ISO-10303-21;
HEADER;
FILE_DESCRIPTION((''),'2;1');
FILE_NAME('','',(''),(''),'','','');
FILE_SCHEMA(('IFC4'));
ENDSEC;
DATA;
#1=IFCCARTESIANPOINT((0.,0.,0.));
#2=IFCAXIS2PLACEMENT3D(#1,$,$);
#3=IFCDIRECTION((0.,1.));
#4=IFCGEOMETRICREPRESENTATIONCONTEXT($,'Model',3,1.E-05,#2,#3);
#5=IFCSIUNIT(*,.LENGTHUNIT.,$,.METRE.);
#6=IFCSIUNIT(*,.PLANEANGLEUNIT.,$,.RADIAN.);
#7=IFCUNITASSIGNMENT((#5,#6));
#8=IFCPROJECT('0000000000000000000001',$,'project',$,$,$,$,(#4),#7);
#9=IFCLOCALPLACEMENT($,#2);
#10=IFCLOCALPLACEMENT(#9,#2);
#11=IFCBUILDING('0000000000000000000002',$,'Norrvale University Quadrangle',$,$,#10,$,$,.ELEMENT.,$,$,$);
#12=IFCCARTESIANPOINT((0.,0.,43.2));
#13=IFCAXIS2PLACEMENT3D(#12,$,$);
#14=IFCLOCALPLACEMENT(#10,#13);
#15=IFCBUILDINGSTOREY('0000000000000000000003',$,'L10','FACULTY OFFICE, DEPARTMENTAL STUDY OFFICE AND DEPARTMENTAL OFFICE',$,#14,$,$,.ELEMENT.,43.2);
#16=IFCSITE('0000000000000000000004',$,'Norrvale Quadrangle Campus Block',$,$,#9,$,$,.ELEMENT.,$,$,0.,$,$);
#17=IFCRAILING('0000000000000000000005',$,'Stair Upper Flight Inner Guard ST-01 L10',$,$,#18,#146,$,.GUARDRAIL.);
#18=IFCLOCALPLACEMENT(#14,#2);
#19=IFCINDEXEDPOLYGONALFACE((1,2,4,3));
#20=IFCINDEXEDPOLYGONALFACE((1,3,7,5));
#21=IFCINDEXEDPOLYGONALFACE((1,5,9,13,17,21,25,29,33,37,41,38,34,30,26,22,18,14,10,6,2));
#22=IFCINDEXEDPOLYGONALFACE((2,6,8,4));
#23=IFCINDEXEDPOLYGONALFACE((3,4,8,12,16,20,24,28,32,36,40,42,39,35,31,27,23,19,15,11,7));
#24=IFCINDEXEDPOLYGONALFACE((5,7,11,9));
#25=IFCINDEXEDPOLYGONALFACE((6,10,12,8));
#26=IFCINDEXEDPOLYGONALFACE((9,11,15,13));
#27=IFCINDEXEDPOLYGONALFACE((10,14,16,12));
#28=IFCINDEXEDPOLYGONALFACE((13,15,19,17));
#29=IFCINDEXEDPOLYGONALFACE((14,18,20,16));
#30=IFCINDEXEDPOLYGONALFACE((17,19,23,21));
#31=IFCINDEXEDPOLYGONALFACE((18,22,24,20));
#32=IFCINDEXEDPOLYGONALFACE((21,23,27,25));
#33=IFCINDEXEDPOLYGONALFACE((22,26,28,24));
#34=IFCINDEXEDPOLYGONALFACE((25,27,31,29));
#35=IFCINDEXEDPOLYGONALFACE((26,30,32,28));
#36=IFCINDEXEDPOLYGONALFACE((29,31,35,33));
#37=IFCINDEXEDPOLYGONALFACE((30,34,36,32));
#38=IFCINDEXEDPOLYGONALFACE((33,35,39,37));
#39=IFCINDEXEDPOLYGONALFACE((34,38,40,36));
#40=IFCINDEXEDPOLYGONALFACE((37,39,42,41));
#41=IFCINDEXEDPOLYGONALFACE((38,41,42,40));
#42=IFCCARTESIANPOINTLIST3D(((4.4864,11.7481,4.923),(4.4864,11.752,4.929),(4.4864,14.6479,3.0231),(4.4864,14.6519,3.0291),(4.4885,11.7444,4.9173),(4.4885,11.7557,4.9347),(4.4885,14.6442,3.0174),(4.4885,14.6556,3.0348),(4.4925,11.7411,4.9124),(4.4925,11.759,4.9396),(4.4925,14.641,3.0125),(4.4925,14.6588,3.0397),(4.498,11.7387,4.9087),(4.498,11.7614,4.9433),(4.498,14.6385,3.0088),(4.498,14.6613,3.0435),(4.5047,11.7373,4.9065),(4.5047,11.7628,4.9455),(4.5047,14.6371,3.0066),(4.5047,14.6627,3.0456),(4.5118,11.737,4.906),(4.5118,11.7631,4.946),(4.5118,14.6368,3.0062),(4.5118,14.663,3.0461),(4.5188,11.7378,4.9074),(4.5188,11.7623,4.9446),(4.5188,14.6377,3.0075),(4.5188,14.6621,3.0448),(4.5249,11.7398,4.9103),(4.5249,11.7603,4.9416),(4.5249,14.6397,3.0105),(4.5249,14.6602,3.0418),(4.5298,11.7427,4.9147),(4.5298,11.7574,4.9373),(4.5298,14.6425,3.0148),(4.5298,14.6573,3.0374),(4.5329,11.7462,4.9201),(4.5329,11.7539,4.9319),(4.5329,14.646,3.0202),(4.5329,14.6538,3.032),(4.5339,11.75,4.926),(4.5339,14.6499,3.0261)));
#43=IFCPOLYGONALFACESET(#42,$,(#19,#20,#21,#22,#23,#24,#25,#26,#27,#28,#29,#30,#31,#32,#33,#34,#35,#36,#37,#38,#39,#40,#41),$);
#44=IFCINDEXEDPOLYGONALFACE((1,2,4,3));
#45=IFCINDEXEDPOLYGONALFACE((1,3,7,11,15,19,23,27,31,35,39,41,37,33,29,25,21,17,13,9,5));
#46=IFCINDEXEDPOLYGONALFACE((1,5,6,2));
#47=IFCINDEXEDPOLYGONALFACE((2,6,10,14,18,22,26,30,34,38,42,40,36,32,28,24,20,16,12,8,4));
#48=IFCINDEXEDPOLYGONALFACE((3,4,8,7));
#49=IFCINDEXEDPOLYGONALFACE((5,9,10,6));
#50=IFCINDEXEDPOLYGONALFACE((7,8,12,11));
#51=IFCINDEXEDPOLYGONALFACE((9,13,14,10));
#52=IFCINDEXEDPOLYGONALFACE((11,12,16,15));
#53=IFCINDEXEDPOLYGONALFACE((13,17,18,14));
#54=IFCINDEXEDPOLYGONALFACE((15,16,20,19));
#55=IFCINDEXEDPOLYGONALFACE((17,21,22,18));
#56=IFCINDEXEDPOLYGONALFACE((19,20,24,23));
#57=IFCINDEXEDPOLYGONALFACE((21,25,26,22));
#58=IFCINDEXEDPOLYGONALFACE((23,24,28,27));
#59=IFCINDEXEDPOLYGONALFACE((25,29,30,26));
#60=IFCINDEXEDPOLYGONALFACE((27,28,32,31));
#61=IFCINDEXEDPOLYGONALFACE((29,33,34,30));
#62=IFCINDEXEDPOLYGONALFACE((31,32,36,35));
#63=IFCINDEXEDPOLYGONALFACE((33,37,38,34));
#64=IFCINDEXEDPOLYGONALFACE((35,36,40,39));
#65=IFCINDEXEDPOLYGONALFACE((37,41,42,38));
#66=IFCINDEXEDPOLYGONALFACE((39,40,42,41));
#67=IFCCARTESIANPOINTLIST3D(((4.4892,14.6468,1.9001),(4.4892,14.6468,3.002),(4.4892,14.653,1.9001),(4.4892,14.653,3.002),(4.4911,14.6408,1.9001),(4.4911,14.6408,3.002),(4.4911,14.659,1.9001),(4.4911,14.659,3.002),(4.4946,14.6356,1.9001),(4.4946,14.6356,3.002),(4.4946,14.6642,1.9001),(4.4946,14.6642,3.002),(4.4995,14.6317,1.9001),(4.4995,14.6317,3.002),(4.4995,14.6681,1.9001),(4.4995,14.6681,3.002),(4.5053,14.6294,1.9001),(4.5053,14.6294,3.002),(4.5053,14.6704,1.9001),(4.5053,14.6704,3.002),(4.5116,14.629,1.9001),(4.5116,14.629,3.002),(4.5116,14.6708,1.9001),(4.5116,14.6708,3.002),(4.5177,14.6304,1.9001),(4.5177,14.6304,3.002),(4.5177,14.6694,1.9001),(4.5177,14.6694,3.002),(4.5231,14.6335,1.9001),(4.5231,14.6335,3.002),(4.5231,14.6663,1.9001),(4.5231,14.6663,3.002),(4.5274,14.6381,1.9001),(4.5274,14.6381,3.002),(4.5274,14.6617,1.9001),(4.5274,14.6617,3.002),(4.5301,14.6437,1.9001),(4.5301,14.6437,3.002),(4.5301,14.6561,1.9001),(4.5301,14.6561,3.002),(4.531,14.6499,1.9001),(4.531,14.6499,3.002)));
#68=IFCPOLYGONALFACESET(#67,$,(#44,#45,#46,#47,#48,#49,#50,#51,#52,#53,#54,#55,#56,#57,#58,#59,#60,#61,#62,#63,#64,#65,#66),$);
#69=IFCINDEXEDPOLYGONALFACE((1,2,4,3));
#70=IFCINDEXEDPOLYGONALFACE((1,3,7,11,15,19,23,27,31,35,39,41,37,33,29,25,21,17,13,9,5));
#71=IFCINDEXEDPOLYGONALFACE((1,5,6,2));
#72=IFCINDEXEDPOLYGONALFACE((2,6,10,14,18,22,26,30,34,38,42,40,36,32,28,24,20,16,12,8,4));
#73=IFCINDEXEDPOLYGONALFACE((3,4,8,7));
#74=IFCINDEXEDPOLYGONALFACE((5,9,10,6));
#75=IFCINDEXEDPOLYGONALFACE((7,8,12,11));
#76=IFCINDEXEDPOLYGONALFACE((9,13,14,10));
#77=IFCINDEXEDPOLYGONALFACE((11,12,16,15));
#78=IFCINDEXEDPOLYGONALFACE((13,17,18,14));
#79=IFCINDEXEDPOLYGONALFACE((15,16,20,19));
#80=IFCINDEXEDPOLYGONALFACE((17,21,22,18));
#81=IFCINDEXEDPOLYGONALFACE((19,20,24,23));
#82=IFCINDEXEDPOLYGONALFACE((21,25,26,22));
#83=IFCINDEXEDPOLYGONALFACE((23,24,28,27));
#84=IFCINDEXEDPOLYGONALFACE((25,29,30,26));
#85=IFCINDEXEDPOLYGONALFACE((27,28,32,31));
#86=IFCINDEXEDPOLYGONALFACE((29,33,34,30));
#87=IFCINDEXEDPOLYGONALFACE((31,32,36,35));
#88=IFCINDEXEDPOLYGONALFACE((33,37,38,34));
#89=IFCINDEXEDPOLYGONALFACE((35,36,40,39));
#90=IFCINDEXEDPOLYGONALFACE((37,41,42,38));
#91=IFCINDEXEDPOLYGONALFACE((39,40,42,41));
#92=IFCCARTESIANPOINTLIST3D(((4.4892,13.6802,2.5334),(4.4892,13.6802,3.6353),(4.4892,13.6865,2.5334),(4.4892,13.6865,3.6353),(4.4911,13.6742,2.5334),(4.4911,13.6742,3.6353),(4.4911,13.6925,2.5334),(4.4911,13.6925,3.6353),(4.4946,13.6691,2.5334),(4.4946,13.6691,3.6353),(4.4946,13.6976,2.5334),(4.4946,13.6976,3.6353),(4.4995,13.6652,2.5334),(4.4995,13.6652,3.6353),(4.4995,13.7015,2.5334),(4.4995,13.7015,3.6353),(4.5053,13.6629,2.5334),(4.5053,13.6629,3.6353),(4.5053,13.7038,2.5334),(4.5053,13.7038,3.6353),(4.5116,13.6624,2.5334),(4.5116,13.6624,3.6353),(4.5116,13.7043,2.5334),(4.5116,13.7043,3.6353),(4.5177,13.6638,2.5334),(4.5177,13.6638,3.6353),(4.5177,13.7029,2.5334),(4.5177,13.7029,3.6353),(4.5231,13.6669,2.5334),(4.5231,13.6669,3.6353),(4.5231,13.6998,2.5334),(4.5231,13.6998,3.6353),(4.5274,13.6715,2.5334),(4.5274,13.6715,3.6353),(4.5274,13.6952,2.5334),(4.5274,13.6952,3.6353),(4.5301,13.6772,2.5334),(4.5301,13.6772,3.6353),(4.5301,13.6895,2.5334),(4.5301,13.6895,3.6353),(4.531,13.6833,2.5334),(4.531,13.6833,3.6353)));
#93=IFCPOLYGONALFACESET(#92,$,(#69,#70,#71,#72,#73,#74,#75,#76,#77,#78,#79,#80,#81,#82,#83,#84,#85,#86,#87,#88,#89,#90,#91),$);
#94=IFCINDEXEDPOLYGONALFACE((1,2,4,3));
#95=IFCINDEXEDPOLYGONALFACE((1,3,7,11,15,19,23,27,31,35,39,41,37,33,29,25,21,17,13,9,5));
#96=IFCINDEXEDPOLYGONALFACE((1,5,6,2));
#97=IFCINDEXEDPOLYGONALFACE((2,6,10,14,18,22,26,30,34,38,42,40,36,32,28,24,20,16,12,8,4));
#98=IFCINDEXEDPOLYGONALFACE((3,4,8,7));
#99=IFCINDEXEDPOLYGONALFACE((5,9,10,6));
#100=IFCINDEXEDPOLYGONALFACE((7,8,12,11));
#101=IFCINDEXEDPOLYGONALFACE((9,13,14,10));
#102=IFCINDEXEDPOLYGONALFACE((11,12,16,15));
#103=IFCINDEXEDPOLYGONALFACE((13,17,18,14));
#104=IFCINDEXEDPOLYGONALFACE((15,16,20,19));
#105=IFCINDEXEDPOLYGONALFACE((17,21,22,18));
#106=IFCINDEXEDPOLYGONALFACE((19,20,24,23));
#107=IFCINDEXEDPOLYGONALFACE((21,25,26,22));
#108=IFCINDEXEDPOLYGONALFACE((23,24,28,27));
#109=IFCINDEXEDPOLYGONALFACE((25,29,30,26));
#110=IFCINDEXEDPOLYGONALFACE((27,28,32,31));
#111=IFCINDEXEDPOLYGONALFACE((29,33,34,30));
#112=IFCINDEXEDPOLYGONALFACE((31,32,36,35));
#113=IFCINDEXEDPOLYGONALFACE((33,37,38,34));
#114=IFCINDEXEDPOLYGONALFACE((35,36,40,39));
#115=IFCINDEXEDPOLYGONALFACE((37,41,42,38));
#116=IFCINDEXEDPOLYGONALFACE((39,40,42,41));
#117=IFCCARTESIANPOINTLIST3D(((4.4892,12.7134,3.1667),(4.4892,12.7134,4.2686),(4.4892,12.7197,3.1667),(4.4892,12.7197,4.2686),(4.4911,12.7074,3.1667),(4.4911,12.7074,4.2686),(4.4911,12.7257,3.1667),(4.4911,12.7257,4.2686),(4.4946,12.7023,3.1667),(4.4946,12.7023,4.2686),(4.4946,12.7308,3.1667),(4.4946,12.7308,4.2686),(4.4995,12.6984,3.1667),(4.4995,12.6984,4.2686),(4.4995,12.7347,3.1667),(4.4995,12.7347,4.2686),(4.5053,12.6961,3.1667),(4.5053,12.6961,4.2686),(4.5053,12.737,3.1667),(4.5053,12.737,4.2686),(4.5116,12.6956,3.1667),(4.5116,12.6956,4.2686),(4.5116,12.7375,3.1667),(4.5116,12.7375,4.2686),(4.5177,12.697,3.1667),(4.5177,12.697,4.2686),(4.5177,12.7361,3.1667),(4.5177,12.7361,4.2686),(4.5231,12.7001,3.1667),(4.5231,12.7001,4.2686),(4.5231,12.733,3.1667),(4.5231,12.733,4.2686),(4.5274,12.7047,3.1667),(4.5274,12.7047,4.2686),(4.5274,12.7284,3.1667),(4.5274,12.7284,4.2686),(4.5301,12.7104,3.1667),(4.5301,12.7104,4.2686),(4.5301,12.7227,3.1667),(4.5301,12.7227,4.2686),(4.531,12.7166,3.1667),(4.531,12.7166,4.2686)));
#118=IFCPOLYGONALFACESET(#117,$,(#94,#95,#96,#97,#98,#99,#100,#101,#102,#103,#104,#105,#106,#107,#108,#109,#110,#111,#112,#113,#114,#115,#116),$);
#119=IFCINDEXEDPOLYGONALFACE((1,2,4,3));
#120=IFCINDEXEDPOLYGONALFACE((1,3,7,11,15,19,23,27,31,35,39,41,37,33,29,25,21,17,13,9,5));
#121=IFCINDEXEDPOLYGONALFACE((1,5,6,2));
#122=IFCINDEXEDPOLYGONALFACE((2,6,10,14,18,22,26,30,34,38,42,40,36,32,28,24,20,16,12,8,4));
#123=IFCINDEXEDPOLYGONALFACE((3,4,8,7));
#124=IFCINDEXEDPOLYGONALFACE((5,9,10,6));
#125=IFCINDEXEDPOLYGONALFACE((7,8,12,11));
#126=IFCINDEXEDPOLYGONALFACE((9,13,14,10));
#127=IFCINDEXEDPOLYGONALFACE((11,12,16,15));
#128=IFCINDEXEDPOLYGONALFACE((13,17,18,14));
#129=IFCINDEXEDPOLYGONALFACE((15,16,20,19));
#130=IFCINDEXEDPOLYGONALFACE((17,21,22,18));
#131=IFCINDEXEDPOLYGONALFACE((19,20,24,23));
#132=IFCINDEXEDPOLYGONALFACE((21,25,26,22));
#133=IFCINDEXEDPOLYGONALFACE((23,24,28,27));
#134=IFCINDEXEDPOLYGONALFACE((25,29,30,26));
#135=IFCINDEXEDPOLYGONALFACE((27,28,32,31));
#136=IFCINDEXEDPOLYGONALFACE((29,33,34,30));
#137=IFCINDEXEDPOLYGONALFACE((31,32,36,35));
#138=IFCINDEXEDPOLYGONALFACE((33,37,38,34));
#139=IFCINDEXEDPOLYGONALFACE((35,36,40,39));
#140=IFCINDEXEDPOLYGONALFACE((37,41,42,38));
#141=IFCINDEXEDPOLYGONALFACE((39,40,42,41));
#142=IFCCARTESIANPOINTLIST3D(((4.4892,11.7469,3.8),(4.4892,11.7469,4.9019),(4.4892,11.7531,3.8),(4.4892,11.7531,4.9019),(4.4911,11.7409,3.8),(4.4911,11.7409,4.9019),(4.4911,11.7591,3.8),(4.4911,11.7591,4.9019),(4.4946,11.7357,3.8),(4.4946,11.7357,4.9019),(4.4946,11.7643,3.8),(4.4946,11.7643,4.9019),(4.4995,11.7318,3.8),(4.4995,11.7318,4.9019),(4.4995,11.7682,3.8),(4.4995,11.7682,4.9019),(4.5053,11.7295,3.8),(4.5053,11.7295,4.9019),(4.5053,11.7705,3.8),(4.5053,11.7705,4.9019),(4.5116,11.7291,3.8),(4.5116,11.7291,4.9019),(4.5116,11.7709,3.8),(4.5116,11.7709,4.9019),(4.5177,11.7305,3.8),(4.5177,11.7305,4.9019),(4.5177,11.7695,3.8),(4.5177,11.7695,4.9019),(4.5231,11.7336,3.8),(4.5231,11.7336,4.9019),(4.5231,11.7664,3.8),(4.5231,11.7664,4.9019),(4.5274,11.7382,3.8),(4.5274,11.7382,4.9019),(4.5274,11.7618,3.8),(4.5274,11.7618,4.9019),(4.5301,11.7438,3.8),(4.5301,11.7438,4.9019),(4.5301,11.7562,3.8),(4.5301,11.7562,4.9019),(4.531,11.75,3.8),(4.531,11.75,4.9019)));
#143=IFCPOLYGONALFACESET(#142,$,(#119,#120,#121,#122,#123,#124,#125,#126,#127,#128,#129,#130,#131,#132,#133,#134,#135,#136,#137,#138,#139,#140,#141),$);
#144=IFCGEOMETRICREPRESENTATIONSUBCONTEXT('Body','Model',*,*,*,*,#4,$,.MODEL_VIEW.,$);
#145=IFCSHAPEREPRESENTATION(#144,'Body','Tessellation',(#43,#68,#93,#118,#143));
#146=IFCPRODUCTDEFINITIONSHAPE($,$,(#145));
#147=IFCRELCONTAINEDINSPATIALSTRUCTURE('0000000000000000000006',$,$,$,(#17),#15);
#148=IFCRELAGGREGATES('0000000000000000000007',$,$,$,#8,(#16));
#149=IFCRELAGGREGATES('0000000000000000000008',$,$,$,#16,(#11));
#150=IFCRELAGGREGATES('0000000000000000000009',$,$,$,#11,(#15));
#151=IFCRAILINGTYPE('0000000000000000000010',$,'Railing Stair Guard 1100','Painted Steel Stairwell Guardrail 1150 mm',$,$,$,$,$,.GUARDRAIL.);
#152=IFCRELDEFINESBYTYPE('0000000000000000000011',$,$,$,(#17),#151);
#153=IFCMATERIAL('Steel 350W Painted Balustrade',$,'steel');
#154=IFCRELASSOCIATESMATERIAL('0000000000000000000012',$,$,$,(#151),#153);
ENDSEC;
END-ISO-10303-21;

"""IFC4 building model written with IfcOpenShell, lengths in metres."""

from ifc_helpers import new_model, si_unit, direction, frame, origin, origin_2d, place, context, subcontext, project, spatial, circle, extrude, material, type_object, element, save


model = new_model("IFC4")

# Units and contexts
model_context = context("Model", 3, precision=1e-05, world=origin(), true_north=direction((0.0, 1.0)))
body_context = subcontext(model_context, "Body", "Model", "MODEL_VIEW")
ifc_project = project(units=[si_unit("LENGTHUNIT", "METRE"), si_unit("PLANEANGLEUNIT", "RADIAN")], contexts=[model_context])

# Site, building, storey
site_placement = place(None, origin())
site = spatial("IfcSite", under=ifc_project, at=site_placement, Name="Norrvale Quadrangle Campus Block", CompositionType="ELEMENT", RefElevation=0.0)
building_placement = place(site_placement, origin())
building = spatial("IfcBuilding", under=site, at=building_placement, Name="Norrvale University Quadrangle", CompositionType="ELEMENT")
storey_placement = place(building_placement, frame((0.0, 0.0, 43.2)))
storey = spatial("IfcBuildingStorey", under=building, at=storey_placement, Name="L10", Description="FACULTY OFFICE, DEPARTMENTAL STUDY OFFICE AND DEPARTMENTAL OFFICE", CompositionType="ELEMENT", Elevation=43.2)

# Railing
ifc_material_1 = material(Name="Steel 350W Painted Balustrade", Category="steel")
railing_type_1 = type_object("IfcRailingType", Name="Railing Stair Guard 1100", Description="Painted Steel Stairwell Guardrail 1150 mm", PredefinedType="GUARDRAIL", material=ifc_material_1)
railing_1_placement = place(storey_placement, frame((4.51, 14.6499, 1.9001)))
element("IfcRailing", 1, at=railing_1_placement, inside=storey, type_object=railing_type_1, Name="Stair Upper Flight Inner Guard ST-01 L10", PredefinedType="GUARDRAIL", context=body_context, shape_type="SweptSolid", body=[
    extrude(circle(Radius=0.0239, at=origin_2d()), frame((0.0, 0.0, 1.126), z_axis=(0.0, -0.836466, 0.548019), x_axis=(1.0, 0.0, 0.0)), (0.0, 0.0, 1.0), 3.4668),
    extrude(circle(Radius=0.021, at=origin_2d()), origin(), (0.0, 0.0, 1.0), 1.1018),
    extrude(circle(Radius=0.021, at=origin_2d()), frame((0.0, -0.9666, 0.6333)), (0.0, 0.0, 1.0), 1.1018),
    extrude(circle(Radius=0.021, at=origin_2d()), frame((0.0, -1.9333, 1.2666)), (0.0, 0.0, 1.0), 1.1018),
    extrude(circle(Radius=0.021, at=origin_2d()), frame((0.0, -2.8999, 1.8999)), (0.0, 0.0, 1.0), 1.1018),
])

save(model, "model.ifc")
